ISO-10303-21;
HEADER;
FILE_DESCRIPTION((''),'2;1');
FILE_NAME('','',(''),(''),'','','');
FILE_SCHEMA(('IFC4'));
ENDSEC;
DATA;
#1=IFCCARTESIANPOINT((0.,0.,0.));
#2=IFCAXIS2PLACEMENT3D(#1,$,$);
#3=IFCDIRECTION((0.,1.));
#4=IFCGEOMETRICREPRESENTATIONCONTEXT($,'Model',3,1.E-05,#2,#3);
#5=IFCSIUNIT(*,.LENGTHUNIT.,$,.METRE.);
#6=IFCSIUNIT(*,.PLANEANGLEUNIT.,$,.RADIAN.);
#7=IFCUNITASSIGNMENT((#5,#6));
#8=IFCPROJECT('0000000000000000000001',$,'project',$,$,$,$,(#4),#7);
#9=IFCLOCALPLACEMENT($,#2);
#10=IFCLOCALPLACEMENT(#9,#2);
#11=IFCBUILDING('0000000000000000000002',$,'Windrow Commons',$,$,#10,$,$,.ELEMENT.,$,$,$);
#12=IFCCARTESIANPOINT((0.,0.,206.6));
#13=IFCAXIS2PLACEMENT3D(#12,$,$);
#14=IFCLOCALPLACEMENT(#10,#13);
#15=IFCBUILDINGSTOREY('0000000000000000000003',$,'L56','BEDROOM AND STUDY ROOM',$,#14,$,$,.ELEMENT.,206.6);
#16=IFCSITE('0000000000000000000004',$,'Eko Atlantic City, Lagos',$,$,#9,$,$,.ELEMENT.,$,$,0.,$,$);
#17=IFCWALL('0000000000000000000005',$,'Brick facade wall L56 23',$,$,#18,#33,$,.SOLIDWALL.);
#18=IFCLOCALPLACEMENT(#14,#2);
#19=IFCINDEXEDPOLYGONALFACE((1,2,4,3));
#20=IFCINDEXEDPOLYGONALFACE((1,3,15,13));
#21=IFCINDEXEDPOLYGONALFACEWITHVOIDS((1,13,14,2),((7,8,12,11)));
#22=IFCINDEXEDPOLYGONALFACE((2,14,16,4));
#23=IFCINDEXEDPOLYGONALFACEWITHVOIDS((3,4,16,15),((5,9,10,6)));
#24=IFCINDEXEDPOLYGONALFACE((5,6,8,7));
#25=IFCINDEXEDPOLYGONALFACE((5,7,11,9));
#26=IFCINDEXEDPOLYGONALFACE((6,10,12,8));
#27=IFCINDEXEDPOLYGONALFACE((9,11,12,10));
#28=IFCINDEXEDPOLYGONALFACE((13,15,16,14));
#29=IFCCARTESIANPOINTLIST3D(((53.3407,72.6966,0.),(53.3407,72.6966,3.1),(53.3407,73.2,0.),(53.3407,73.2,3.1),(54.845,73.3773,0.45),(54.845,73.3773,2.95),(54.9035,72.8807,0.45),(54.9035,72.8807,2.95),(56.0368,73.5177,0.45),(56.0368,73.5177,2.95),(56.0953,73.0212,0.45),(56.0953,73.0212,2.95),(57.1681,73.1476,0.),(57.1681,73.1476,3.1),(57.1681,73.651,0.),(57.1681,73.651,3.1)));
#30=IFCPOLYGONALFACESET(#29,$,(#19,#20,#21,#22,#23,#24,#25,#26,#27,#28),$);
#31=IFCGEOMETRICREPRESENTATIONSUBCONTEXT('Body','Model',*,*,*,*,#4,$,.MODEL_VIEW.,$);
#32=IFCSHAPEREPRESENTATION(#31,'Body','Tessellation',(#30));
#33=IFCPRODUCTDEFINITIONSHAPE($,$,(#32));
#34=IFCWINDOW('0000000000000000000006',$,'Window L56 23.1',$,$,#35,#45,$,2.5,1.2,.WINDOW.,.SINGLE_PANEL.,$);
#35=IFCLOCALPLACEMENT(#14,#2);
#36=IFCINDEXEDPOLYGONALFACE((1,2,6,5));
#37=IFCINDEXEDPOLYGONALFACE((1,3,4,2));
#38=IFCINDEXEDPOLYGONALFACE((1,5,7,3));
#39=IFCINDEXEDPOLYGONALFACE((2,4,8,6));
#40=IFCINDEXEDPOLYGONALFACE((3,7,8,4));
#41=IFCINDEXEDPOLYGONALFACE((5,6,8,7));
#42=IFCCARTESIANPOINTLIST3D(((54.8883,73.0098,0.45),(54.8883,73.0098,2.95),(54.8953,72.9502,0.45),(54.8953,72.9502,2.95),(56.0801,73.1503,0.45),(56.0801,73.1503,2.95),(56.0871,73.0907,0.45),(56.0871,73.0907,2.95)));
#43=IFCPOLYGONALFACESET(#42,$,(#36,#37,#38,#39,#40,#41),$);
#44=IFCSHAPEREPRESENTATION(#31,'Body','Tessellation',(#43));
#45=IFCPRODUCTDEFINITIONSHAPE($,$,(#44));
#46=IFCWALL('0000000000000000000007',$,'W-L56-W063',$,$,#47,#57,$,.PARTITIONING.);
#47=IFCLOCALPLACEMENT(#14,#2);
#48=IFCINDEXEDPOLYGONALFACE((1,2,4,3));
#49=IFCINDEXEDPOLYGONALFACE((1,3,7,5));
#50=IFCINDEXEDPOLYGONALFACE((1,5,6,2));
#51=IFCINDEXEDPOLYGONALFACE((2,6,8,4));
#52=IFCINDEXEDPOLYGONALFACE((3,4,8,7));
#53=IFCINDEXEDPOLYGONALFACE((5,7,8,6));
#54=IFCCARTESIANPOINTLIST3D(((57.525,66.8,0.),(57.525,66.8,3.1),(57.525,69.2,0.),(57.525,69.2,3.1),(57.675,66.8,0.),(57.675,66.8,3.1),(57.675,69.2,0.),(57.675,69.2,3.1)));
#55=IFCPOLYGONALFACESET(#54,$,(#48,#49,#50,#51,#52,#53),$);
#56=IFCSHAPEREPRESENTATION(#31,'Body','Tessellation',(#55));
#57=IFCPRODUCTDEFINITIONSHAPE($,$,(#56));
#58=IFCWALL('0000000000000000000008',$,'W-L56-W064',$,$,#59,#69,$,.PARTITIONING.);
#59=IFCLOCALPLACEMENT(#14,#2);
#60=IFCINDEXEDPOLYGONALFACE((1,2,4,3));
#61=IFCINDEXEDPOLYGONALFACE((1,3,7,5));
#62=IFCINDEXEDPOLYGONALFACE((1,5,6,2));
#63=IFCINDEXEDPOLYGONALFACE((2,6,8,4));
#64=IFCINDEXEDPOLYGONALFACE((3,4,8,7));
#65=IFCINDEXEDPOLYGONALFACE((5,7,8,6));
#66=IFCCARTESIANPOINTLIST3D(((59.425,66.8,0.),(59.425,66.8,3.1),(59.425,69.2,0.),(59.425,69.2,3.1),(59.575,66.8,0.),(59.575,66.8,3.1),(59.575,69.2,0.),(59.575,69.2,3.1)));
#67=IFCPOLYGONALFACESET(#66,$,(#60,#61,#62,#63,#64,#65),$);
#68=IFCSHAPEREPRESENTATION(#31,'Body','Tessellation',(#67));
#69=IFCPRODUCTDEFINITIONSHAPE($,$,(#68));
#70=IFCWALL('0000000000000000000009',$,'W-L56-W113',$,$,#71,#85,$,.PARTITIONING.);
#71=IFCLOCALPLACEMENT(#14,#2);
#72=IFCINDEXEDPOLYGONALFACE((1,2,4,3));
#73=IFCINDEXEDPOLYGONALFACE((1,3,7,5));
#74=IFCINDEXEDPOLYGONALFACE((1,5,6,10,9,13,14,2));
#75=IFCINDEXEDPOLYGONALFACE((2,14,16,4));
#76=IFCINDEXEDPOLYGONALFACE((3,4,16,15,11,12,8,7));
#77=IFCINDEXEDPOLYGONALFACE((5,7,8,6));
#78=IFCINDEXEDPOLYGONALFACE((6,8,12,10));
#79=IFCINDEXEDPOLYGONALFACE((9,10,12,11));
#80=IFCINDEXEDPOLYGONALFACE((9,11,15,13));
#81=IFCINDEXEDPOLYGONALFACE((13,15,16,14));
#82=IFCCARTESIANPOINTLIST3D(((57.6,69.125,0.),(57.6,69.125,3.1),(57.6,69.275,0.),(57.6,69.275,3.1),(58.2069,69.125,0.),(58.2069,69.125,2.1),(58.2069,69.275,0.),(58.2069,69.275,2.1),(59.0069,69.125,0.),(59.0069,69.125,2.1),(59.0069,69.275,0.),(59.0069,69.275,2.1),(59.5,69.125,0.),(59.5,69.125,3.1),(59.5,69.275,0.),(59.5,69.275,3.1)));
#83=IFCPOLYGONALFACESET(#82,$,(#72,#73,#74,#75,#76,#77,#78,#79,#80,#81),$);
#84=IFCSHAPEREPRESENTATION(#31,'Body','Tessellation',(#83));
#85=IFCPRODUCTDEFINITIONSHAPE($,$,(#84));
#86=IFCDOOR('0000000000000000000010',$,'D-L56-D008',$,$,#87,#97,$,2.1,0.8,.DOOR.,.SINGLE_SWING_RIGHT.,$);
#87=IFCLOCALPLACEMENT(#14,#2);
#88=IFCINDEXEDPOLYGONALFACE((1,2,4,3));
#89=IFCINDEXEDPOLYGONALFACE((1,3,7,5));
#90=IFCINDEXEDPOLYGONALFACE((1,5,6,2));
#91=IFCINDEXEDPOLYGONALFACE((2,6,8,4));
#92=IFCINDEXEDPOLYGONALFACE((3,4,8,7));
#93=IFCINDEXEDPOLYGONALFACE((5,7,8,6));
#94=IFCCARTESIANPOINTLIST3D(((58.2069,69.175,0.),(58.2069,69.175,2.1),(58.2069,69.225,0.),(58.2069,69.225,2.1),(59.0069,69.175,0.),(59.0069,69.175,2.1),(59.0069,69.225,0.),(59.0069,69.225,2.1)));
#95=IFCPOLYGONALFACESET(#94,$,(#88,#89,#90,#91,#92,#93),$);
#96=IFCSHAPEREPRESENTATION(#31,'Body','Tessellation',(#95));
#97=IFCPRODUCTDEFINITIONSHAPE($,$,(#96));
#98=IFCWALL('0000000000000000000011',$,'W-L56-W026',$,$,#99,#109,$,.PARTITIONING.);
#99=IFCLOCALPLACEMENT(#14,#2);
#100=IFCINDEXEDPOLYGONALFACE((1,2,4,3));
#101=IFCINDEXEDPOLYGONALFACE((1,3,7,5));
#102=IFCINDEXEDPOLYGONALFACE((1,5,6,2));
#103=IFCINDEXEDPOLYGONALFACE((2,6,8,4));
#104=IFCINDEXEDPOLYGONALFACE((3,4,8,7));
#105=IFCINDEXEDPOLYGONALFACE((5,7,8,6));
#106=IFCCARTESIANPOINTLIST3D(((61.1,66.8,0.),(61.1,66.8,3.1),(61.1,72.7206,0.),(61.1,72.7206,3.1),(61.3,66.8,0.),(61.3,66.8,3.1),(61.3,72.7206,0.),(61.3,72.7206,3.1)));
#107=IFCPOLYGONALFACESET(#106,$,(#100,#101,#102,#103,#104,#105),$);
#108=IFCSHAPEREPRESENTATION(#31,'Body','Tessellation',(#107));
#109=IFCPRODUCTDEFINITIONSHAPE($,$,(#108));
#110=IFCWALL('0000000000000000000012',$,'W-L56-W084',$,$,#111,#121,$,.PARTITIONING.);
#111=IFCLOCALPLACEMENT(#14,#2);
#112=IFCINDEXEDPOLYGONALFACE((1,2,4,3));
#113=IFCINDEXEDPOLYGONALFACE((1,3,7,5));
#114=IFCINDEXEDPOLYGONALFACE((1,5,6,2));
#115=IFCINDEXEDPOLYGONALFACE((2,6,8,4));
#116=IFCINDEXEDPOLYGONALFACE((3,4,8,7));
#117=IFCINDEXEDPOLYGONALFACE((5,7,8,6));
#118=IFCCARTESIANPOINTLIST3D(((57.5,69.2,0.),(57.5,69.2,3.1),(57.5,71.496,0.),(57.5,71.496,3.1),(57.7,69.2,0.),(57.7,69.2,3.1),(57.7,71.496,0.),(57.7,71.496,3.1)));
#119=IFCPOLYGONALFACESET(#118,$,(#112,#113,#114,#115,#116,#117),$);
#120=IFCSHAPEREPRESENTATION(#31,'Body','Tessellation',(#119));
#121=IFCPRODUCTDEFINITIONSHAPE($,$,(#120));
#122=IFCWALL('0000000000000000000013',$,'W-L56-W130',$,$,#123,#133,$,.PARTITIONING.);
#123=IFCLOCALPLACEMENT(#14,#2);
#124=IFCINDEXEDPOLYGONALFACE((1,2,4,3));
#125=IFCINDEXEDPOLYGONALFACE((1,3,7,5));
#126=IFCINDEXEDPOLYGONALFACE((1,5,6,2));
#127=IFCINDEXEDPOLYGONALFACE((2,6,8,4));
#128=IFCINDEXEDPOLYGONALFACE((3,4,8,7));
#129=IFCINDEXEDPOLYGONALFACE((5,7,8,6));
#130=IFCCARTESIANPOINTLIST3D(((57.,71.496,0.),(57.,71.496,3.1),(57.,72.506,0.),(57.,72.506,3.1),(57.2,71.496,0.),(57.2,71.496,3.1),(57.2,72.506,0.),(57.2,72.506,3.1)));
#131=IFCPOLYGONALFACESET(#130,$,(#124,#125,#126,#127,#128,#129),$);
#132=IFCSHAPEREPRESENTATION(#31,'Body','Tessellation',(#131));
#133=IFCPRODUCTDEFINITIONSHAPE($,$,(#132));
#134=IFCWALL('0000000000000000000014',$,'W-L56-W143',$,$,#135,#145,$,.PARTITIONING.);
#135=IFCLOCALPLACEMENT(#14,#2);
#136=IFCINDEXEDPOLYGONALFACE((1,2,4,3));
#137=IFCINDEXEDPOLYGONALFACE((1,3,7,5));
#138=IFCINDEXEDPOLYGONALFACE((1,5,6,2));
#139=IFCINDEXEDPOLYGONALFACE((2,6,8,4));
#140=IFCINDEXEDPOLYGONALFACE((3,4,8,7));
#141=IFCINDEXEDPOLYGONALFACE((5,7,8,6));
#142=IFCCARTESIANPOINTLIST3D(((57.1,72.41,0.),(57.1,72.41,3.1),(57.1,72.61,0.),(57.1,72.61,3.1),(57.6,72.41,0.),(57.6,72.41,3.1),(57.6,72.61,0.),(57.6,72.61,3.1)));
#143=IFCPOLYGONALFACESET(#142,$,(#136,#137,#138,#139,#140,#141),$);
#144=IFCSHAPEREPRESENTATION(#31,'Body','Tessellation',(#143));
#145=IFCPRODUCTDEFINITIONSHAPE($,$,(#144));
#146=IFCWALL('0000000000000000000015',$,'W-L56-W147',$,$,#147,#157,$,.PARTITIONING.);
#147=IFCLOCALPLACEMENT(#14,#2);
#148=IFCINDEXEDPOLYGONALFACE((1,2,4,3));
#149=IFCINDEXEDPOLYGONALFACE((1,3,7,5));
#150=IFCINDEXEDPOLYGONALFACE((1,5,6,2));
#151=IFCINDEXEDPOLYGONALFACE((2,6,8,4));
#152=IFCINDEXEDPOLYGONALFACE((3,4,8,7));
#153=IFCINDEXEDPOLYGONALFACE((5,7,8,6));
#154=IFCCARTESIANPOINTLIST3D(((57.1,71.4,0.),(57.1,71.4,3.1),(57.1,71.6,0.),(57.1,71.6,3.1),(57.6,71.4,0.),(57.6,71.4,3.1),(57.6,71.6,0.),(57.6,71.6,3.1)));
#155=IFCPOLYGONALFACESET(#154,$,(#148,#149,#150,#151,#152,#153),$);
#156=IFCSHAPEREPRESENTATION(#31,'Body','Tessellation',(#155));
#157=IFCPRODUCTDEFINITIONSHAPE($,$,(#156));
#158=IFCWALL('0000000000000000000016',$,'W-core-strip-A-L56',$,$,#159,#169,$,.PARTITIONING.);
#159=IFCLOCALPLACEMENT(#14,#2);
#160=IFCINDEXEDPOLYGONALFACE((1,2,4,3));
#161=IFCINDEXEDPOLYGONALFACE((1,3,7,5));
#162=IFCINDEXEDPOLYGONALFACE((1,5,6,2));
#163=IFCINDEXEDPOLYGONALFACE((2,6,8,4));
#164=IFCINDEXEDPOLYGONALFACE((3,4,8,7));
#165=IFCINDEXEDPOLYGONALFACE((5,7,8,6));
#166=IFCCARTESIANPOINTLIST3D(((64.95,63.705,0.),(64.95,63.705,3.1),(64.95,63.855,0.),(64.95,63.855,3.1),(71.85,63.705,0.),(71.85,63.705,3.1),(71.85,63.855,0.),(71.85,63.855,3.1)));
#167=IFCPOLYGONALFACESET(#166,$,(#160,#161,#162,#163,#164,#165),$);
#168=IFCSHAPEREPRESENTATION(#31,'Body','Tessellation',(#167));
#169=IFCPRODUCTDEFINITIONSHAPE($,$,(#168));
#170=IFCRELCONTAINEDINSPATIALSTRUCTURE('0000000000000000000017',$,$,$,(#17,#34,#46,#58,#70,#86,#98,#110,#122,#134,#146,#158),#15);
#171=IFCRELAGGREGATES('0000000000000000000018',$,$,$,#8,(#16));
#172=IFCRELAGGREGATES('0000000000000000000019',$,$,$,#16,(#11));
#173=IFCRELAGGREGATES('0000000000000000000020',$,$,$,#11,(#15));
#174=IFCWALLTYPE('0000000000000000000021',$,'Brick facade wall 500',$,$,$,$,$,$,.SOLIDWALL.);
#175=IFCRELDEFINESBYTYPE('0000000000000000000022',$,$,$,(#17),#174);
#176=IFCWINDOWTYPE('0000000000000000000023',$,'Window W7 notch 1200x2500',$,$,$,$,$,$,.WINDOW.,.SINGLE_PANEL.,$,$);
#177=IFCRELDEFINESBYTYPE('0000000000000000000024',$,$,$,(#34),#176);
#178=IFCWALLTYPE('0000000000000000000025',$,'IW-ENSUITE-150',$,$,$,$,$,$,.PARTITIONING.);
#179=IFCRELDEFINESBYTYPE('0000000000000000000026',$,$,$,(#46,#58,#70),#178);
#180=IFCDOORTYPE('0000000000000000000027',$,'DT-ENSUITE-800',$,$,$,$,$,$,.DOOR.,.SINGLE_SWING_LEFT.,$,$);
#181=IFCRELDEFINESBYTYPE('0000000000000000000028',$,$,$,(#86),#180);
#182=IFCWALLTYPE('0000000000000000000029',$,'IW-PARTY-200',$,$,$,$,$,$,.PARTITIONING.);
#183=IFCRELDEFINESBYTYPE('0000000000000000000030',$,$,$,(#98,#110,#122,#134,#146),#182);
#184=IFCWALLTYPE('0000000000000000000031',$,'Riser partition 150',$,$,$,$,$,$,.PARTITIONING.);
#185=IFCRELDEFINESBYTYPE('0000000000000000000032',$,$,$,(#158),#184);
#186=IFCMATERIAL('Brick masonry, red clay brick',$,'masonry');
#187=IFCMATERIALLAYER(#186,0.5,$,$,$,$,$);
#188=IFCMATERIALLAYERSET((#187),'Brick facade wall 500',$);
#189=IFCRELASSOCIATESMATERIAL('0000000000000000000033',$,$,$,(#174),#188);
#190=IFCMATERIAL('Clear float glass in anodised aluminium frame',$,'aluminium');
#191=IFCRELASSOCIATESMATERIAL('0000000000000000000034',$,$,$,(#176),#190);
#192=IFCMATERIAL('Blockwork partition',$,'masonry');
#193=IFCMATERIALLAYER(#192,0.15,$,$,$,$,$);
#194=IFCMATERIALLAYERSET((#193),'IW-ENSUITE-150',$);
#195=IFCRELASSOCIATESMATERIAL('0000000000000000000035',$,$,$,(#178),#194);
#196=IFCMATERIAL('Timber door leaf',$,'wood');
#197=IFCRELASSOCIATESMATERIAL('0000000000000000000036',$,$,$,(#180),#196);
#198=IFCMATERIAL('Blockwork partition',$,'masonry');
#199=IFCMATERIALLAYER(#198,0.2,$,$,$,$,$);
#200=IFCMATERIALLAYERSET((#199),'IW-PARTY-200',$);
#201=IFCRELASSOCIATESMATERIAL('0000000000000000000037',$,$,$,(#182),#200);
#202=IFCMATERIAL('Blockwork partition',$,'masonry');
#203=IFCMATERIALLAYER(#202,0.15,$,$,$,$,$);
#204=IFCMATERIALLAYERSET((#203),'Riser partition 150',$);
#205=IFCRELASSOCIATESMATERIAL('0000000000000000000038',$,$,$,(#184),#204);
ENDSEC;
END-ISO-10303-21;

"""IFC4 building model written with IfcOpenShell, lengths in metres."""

from ifc_helpers import new_model, si_unit, direction, frame, frame_2d, origin, place, context, subcontext, project, spatial, polyline, rectangle, outline, extrude, material, layer, layer_set, type_object, element, fill, save


model = new_model("IFC4")

# Units and contexts
model_context = context("Model", 3, precision=1e-05, world=origin(), true_north=direction((0.0, 1.0)))
body_context = subcontext(model_context, "Body", "Model", "MODEL_VIEW")
ifc_project = project(units=[si_unit("LENGTHUNIT", "METRE"), si_unit("PLANEANGLEUNIT", "RADIAN")], contexts=[model_context])

# Site, building, storey
site_placement = place(None, origin())
site = spatial("IfcSite", under=ifc_project, at=site_placement, Name="Eko Atlantic City, Lagos", CompositionType="ELEMENT", RefElevation=0.0)
building_placement = place(site_placement, origin())
building = spatial("IfcBuilding", under=site, at=building_placement, Name="Windrow Commons", CompositionType="ELEMENT")
storey_placement = place(building_placement, frame((0.0, 0.0, 206.6)))
storey = spatial("IfcBuildingStorey", under=building, at=storey_placement, Name="L56", Description="BEDROOM AND STUDY ROOM", CompositionType="ELEMENT", Elevation=206.6)

# Shared definitions
ifc_material_1 = material(Name="Brick masonry, red clay brick", Category="masonry")
ifc_layer_1 = layer(ifc_material_1, 0.5)
ifc_layer_set_1 = layer_set([ifc_layer_1], Name="Brick facade wall 500")
wall_type_1 = type_object("IfcWallType", Name="Brick facade wall 500", PredefinedType="SOLIDWALL", material=ifc_layer_set_1)

# Wall, opening, window
wall_1_placement = place(storey_placement, frame((57.1681, 73.3993, 0.0), z_axis=(0.0, 0.0, 1.0), x_axis=(-0.993129, -0.117025, 0.0)))
wall_1 = element("IfcWall", 1, at=wall_1_placement, inside=storey, type_object=wall_type_1, Name="Brick facade wall L56 23", PredefinedType="SOLIDWALL", context=body_context, shape_type="SweptSolid", body=[
    extrude(outline(polyline([(-0.0295, -0.25), (3.8244, -0.25), (3.8833, 0.25), (0.0295, 0.25), (-0.0295, -0.25)])), origin(), (0.0, 0.0, 1.0), 3.1),
])
opening_1_placement = place(wall_1_placement, frame((1.1097, 0.0, 0.45)))
opening_1 = element("IfcOpeningElement", 2, at=opening_1_placement, cuts=wall_1, PredefinedType="OPENING", context=body_context, shape_type="SweptSolid", body=[
    extrude(rectangle(XDim=1.2, YDim=2.5, at=frame_2d((0.6, 1.25))), frame((0.0, 0.26, 0.0), z_axis=(0.0, -1.0, 0.0), x_axis=(1.0, 0.0, 0.0)), (0.0, 0.0, 1.0), 0.52),
])
ifc_material_2 = material(Name="Clear float glass in anodised aluminium frame", Category="aluminium")
window_type_1 = type_object("IfcWindowType", Name="Window W7 notch 1200x2500", PartitioningType="SINGLE_PANEL", PredefinedType="WINDOW", material=ifc_material_2)
window_1_placement = place(opening_1_placement, origin())
window_1 = element("IfcWindow", 3, at=window_1_placement, inside=storey, type_object=window_type_1, Name="Window L56 23.1", OverallHeight=2.5, OverallWidth=1.2, PartitioningType="SINGLE_PANEL", PredefinedType="WINDOW", context=body_context, shape_type="SweptSolid", body=[
    extrude(rectangle(XDim=1.2, YDim=2.5, at=frame_2d((0.6, 1.25))), frame((0.0, 0.18, 0.0), z_axis=(0.0, -1.0, 0.0), x_axis=(1.0, 0.0, 0.0)), (0.0, 0.0, 1.0), 0.06),
])
fill(opening_1, window_1)

# Walls
ifc_material_3 = material(Name="Blockwork partition", Category="masonry")
ifc_layer_2 = layer(ifc_material_3, 0.15)
ifc_layer_set_2 = layer_set([ifc_layer_2], Name="IW-ENSUITE-150")
wall_type_2 = type_object("IfcWallType", Name="IW-ENSUITE-150", PredefinedType="PARTITIONING", material=ifc_layer_set_2)
for number, where, z_axis, x_axis, name in (
    (4, (57.6, 66.8, 0.0), (0.0, 0.0, 1.0), (0.0, 1.0, 0.0), "W-L56-W063"),
    (5, (59.5, 66.8, 0.0), (0.0, 0.0, 1.0), (0.0, 1.0, 0.0), "W-L56-W064"),
):
    element("IfcWall", number, at=place(storey_placement, frame(where, z_axis=z_axis, x_axis=x_axis)), inside=storey, type_object=wall_type_2, Name=name, PredefinedType="PARTITIONING", context=body_context, shape_type="SweptSolid", body=[
        extrude(rectangle(XDim=2.4, YDim=0.15, at=frame_2d((1.2, 0.0))), origin(), (0.0, 0.0, 1.0), 3.1),
    ])

# Wall, opening, door
wall_2_placement = place(storey_placement, frame((57.6, 69.2, 0.0), z_axis=(0.0, 0.0, 1.0), x_axis=(1.0, 0.0, 0.0)))
wall_2 = element("IfcWall", 6, at=wall_2_placement, inside=storey, type_object=wall_type_2, Name="W-L56-W113", PredefinedType="PARTITIONING", context=body_context, shape_type="SweptSolid", body=[
    extrude(rectangle(XDim=1.9, YDim=0.15, at=frame_2d((0.95, 0.0))), origin(), (0.0, 0.0, 1.0), 3.1),
])
opening_2_placement = place(wall_2_placement, frame((0.6069, 0.0, 0.0)))
opening_2 = element("IfcOpeningElement", 7, at=opening_2_placement, cuts=wall_2, PredefinedType="OPENING", context=body_context, shape_type="SweptSolid", body=[
    extrude(rectangle(XDim=0.8, YDim=2.1, at=frame_2d((0.4, 1.05))), frame((0.0, 0.085, 0.0), z_axis=(0.0, -1.0, 0.0), x_axis=(1.0, 0.0, 0.0)), (0.0, 0.0, 1.0), 0.17),
])
ifc_material_4 = material(Name="Timber door leaf", Category="wood")
door_type = type_object("IfcDoorType", Name="DT-ENSUITE-800", OperationType="SINGLE_SWING_LEFT", PredefinedType="DOOR", material=ifc_material_4)
door_placement = place(opening_2_placement, origin())
door = element("IfcDoor", 8, at=door_placement, inside=storey, type_object=door_type, Name="D-L56-D008", OperationType="SINGLE_SWING_RIGHT", OverallHeight=2.1, OverallWidth=0.8, PredefinedType="DOOR", context=body_context, shape_type="SweptSolid", body=[
    extrude(rectangle(XDim=0.8, YDim=2.1, at=frame_2d((0.4, 1.05))), frame((0.0, 0.025, 0.0), z_axis=(0.0, -1.0, 0.0), x_axis=(1.0, 0.0, 0.0)), (0.0, 0.0, 1.0), 0.05),
])
fill(opening_2, door)

# Walls
ifc_material_5 = material(Name="Blockwork partition", Category="masonry")
ifc_layer_3 = layer(ifc_material_5, 0.2)
ifc_layer_set_3 = layer_set([ifc_layer_3], Name="IW-PARTY-200")
wall_type_3 = type_object("IfcWallType", Name="IW-PARTY-200", PredefinedType="PARTITIONING", material=ifc_layer_set_3)
wall_3_placement = place(storey_placement, frame((61.2, 66.8, 0.0), z_axis=(0.0, 0.0, 1.0), x_axis=(0.0, 1.0, 0.0)))
element("IfcWall", 9, at=wall_3_placement, inside=storey, type_object=wall_type_3, Name="W-L56-W026", PredefinedType="PARTITIONING", context=body_context, shape_type="SweptSolid", body=[
    extrude(rectangle(XDim=5.9206, YDim=0.2, at=frame_2d((2.9603, 0.0))), origin(), (0.0, 0.0, 1.0), 3.1),
])
wall_4_placement = place(storey_placement, frame((57.6, 69.2, 0.0), z_axis=(0.0, 0.0, 1.0), x_axis=(0.0, 1.0, 0.0)))
element("IfcWall", 10, at=wall_4_placement, inside=storey, type_object=wall_type_3, Name="W-L56-W084", PredefinedType="PARTITIONING", context=body_context, shape_type="SweptSolid", body=[
    extrude(rectangle(XDim=2.296, YDim=0.2, at=frame_2d((1.148, 0.0))), origin(), (0.0, 0.0, 1.0), 3.1),
])
wall_5_placement = place(storey_placement, frame((57.1, 71.496, 0.0), z_axis=(0.0, 0.0, 1.0), x_axis=(0.0, 1.0, 0.0)))
element("IfcWall", 11, at=wall_5_placement, inside=storey, type_object=wall_type_3, Name="W-L56-W130", PredefinedType="PARTITIONING", context=body_context, shape_type="SweptSolid", body=[
    extrude(rectangle(XDim=1.01, YDim=0.2, at=frame_2d((0.505, 0.0))), origin(), (0.0, 0.0, 1.0), 3.1),
])
for number, where, z_axis, x_axis, name in (
    (12, (57.1, 72.51, 0.0), (0.0, 0.0, 1.0), (1.0, 0.0, 0.0), "W-L56-W143"),
    (13, (57.1, 71.5, 0.0), (0.0, 0.0, 1.0), (1.0, 0.0, 0.0), "W-L56-W147"),
):
    element("IfcWall", number, at=place(storey_placement, frame(where, z_axis=z_axis, x_axis=x_axis)), inside=storey, type_object=wall_type_3, Name=name, PredefinedType="PARTITIONING", context=body_context, shape_type="SweptSolid", body=[
        extrude(rectangle(XDim=0.5, YDim=0.2, at=frame_2d((0.25, 0.0))), origin(), (0.0, 0.0, 1.0), 3.1),
    ])
ifc_material_6 = material(Name="Blockwork partition", Category="masonry")
ifc_layer_4 = layer(ifc_material_6, 0.15)
ifc_layer_set_4 = layer_set([ifc_layer_4], Name="Riser partition 150")
wall_type_4 = type_object("IfcWallType", Name="Riser partition 150", PredefinedType="PARTITIONING", material=ifc_layer_set_4)
wall_6_placement = place(storey_placement, frame((64.95, 63.78, 0.0), z_axis=(0.0, 0.0, 1.0), x_axis=(1.0, 0.0, 0.0)))
element("IfcWall", 14, at=wall_6_placement, inside=storey, type_object=wall_type_4, Name="W-core-strip-A-L56", PredefinedType="PARTITIONING", context=body_context, shape_type="SweptSolid", body=[
    extrude(rectangle(XDim=6.9, YDim=0.15, at=frame_2d((3.45, 0.0))), origin(), (0.0, 0.0, 1.0), 3.1),
])

save(model, "model.ifc")
